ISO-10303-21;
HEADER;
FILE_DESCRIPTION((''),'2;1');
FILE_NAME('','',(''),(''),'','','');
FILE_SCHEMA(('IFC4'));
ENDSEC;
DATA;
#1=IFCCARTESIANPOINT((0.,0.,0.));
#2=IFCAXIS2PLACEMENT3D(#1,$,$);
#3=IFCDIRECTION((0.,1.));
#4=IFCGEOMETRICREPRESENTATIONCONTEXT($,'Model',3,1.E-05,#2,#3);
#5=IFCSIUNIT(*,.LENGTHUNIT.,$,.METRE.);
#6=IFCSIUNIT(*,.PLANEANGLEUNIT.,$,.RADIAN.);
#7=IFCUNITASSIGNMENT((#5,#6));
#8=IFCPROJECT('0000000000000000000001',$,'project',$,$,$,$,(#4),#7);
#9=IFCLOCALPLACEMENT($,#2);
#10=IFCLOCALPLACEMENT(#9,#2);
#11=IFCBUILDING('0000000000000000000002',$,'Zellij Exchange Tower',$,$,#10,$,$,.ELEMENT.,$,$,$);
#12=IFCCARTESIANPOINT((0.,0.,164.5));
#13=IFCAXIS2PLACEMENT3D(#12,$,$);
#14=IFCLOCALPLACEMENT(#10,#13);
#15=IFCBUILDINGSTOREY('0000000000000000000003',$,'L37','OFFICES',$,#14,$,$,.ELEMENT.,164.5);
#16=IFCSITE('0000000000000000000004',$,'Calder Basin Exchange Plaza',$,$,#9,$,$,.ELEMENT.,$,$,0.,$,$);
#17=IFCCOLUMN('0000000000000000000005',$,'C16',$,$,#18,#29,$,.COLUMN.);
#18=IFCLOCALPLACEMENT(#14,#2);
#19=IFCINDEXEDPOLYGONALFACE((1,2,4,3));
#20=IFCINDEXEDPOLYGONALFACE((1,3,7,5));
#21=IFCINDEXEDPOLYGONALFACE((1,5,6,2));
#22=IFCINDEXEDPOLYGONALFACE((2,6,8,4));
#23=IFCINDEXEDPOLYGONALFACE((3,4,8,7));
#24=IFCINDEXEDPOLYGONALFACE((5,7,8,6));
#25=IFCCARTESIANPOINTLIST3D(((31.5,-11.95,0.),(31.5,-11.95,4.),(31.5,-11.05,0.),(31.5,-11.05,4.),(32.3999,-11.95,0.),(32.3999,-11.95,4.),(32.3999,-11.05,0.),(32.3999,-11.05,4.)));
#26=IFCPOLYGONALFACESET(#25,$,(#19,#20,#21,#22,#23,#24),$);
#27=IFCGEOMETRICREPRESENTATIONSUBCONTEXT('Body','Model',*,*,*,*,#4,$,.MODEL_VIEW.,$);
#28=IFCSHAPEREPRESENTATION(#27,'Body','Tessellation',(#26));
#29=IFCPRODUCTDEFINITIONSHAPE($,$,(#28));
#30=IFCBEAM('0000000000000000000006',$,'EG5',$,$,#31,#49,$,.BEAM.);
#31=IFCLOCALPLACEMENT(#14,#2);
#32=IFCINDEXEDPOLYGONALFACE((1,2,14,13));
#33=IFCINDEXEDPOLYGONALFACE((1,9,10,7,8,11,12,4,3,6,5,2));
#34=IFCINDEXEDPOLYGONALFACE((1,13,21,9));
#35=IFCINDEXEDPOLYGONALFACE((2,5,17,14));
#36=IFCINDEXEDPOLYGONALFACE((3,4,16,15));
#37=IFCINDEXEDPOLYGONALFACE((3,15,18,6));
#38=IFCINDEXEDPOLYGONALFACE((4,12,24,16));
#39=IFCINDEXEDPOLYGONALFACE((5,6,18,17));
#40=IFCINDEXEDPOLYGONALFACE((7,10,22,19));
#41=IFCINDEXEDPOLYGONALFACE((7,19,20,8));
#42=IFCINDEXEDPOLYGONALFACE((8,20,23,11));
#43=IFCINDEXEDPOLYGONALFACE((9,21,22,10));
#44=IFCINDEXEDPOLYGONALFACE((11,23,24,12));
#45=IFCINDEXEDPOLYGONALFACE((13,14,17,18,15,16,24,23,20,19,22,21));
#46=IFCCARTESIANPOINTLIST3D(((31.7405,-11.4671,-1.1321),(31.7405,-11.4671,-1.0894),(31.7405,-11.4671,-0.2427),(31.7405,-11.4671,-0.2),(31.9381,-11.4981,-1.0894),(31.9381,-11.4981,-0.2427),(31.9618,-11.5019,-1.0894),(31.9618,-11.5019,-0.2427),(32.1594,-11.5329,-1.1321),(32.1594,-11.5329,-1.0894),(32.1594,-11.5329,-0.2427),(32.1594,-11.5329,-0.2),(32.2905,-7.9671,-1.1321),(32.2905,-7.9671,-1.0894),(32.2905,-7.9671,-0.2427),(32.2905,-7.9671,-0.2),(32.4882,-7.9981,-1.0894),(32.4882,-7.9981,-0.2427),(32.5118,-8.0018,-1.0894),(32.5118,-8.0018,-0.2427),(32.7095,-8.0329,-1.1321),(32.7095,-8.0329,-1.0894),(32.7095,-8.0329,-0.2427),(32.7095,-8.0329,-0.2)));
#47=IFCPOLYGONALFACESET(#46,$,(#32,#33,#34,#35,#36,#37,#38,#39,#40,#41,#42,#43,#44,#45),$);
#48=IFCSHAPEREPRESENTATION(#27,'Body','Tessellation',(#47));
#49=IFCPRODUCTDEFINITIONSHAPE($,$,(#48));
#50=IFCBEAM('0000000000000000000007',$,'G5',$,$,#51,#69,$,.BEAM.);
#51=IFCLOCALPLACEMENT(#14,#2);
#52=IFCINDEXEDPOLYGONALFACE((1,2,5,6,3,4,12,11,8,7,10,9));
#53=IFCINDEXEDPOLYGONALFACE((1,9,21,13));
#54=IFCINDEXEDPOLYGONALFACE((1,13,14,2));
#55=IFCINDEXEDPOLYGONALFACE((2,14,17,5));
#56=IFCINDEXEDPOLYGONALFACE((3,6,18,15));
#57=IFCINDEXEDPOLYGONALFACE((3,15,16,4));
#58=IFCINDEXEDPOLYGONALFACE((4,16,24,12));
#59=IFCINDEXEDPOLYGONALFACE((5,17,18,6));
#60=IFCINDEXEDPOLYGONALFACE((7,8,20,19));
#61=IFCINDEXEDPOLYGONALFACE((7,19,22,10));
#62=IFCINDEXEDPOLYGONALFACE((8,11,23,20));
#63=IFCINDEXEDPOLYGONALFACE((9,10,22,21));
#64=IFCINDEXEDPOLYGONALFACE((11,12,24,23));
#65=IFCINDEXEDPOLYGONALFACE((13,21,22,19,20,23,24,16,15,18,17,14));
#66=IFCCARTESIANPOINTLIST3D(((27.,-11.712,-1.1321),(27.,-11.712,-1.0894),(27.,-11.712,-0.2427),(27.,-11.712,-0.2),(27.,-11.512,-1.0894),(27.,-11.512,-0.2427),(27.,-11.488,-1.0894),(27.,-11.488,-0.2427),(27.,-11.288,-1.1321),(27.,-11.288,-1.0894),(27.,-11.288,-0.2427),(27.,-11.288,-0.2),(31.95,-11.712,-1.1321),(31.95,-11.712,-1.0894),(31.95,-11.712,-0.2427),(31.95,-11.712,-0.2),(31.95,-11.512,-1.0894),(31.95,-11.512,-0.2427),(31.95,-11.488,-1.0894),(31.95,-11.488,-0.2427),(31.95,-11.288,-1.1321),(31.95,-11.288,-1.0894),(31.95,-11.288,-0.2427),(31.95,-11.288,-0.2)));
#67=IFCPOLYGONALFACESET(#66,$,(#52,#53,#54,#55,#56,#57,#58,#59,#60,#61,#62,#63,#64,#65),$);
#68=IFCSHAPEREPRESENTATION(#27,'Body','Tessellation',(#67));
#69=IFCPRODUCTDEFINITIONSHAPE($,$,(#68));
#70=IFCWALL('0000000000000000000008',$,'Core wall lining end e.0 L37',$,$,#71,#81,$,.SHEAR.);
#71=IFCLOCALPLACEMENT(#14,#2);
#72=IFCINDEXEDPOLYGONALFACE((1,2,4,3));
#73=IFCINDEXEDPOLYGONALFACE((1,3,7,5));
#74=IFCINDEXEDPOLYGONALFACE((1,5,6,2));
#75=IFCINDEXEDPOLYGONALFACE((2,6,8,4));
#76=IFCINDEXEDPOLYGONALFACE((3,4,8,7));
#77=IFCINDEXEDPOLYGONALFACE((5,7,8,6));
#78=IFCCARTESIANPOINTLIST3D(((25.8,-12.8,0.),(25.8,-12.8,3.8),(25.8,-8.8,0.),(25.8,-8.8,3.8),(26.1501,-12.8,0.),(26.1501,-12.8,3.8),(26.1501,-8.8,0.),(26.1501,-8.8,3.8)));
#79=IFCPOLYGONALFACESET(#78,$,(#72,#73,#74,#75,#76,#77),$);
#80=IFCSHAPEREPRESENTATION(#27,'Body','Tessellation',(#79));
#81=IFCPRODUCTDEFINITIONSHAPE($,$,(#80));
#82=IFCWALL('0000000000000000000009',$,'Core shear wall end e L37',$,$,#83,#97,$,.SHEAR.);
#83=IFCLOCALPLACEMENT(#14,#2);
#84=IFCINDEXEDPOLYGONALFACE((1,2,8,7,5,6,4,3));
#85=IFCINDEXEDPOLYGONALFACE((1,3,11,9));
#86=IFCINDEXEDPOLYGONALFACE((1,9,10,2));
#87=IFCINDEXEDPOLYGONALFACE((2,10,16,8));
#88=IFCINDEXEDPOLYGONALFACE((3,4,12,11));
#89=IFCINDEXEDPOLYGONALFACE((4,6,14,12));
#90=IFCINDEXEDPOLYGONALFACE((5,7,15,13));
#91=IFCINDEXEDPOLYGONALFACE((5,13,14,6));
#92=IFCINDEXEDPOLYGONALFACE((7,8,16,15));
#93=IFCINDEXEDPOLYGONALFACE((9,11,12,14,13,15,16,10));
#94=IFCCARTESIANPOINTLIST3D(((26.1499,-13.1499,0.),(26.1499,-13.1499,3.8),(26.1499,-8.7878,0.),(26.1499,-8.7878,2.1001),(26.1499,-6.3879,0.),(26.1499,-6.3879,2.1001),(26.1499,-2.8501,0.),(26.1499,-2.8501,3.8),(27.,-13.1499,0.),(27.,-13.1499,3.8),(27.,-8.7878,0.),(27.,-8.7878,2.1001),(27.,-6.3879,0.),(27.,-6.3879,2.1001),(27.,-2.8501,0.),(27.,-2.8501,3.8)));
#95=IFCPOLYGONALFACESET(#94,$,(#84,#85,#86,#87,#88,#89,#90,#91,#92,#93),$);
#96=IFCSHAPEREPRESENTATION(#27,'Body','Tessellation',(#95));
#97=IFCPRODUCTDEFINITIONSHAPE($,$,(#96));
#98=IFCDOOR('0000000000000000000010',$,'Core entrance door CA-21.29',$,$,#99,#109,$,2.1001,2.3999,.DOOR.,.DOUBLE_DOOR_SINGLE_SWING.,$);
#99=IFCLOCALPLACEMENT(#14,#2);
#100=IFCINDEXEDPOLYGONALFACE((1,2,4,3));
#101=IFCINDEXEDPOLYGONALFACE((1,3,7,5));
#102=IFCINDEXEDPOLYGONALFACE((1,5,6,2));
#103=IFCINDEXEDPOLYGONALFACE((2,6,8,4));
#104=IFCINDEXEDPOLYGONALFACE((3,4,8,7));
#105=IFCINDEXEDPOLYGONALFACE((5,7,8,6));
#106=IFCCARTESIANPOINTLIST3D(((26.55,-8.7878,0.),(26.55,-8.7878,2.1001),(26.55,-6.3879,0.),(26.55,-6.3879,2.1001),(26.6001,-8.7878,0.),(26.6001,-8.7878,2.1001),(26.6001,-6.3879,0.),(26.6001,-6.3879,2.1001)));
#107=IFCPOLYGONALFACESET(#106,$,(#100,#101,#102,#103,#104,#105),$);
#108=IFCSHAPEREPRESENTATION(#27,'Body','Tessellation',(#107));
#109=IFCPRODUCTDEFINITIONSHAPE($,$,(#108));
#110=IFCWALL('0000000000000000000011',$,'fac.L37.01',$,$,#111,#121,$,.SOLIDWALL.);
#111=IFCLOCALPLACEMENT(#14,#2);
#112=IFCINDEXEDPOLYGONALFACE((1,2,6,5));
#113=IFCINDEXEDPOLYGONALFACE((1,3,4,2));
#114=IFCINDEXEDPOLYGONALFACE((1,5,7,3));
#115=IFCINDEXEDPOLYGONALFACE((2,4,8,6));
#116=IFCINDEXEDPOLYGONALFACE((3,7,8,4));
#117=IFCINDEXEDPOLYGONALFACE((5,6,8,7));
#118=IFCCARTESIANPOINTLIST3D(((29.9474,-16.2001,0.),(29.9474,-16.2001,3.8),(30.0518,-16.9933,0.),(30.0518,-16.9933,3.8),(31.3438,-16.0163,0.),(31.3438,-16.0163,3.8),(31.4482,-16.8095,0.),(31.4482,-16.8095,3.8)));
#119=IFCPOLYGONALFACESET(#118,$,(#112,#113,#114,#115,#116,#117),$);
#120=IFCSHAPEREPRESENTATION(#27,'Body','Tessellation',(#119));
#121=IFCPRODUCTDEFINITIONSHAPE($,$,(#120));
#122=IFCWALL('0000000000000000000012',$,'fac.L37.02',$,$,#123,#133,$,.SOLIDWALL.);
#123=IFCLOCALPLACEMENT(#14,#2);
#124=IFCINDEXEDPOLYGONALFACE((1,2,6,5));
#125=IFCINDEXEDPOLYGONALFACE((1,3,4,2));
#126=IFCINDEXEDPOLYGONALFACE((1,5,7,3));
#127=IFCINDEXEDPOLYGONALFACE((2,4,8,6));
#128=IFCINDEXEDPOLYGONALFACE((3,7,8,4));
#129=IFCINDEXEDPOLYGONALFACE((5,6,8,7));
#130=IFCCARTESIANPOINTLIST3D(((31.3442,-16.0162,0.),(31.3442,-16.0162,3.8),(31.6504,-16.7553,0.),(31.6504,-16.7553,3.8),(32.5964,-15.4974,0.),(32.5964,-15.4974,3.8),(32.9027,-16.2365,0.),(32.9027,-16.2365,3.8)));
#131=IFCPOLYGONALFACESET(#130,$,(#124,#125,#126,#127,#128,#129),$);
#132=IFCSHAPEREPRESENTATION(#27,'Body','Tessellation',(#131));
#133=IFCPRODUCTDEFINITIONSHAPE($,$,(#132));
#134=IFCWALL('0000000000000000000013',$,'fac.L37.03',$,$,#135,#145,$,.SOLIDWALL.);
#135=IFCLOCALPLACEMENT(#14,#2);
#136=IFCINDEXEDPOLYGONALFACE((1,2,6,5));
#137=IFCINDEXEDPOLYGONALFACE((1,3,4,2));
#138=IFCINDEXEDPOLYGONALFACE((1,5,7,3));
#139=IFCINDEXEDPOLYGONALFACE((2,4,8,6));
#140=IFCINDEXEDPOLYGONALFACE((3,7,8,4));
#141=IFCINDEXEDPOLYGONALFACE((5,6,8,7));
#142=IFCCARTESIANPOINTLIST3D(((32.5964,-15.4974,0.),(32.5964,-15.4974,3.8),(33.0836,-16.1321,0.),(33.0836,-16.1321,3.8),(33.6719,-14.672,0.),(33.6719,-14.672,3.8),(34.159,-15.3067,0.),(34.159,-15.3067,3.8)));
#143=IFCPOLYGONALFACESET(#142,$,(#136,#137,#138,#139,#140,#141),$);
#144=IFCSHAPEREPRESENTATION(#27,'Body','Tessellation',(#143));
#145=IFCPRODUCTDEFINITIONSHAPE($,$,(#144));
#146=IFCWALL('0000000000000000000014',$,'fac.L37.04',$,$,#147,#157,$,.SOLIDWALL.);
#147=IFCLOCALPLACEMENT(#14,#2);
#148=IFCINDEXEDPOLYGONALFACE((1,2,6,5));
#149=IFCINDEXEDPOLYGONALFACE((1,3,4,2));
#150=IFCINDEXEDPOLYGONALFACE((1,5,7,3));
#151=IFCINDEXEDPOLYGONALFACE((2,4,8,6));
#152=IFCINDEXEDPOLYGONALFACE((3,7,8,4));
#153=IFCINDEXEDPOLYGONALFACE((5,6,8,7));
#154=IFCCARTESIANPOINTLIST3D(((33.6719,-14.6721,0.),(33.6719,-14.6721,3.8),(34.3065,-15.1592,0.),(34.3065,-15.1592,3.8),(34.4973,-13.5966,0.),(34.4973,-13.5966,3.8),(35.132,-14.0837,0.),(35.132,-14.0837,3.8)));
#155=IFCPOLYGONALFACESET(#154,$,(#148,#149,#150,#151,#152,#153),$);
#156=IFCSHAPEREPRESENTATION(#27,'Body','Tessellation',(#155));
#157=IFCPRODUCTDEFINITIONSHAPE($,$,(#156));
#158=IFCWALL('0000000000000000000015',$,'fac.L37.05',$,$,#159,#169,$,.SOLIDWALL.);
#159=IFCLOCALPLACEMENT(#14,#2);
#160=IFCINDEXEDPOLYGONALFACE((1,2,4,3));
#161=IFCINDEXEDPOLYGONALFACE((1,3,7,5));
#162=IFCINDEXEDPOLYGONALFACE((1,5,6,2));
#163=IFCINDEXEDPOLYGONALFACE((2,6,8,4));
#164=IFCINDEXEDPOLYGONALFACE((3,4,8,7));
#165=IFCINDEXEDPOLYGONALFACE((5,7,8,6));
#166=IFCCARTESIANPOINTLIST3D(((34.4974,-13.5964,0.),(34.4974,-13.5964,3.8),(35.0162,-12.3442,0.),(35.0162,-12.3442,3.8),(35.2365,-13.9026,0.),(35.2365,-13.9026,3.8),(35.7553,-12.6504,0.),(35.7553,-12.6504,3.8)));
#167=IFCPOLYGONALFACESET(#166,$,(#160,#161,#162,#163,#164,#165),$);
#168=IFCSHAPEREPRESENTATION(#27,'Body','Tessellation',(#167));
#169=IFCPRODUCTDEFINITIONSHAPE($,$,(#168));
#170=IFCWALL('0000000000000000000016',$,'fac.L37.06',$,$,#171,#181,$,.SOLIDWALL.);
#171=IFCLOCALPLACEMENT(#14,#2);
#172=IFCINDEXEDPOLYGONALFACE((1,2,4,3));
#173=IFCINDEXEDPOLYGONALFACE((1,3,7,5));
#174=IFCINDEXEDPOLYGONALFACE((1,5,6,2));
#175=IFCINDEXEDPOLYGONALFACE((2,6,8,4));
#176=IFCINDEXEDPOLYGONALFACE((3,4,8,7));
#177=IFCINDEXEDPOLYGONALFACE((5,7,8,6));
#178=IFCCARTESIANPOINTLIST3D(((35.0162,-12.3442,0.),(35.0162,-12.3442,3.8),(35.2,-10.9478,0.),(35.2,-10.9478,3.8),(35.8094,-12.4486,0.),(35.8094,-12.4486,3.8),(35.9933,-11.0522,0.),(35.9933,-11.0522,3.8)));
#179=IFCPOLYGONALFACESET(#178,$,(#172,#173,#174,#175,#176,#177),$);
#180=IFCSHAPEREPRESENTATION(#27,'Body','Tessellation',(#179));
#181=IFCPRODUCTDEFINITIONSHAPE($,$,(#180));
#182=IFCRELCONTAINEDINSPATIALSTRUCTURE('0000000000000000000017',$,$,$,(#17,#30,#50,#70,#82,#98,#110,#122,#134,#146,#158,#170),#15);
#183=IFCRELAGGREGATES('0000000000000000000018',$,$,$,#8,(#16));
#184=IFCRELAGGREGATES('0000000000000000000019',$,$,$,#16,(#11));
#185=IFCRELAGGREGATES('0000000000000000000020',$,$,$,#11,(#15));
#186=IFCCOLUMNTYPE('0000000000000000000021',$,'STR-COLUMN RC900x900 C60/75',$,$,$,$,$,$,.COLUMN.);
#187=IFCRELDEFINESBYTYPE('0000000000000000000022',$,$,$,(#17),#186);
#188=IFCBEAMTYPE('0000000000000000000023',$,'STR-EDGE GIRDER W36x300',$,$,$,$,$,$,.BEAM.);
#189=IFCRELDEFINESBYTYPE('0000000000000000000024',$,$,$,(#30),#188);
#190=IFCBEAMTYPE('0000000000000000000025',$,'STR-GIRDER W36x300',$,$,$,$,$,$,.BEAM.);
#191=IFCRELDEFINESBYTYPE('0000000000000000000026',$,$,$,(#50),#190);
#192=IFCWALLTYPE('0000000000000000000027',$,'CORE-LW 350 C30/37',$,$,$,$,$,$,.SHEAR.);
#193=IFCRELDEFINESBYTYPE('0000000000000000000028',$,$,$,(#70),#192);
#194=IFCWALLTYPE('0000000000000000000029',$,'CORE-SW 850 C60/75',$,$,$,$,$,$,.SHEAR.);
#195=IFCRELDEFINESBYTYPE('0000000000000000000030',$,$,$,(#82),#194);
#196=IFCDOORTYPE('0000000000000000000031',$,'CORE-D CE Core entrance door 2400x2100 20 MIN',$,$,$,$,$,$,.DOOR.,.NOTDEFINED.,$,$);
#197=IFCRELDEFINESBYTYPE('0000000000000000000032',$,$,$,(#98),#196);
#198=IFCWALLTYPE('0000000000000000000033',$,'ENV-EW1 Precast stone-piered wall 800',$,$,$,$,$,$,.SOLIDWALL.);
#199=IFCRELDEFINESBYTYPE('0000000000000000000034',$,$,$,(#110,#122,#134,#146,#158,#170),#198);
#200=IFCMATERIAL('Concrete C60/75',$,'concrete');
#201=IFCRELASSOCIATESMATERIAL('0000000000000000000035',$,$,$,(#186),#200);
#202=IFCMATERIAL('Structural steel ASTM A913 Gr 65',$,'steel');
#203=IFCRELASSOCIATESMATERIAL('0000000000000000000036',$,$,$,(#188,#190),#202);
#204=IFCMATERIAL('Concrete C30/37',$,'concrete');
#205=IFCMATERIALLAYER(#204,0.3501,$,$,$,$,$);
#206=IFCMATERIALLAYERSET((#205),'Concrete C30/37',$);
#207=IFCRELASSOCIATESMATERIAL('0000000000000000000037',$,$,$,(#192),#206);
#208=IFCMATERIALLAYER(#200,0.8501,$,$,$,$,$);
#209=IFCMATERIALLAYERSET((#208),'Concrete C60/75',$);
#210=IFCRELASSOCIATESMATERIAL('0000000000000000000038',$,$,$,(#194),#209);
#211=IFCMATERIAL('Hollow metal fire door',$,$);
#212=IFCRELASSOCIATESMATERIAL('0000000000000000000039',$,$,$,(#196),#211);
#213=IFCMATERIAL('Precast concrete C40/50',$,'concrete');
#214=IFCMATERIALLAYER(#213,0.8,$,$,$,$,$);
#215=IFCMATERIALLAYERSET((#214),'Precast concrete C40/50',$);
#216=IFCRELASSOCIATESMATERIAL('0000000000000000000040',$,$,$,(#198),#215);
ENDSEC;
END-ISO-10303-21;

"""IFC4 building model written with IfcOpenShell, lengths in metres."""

from ifc_helpers import new_model, si_unit, direction, frame, frame_2d, origin, origin_2d, place, context, subcontext, project, spatial, rectangle, i_section, extrude, material, layer, layer_set, material_profile, profile_set, type_object, element, fill, save


model = new_model("IFC4")

# Units and contexts
model_context = context("Model", 3, precision=1e-05, world=origin(), true_north=direction((0.0, 1.0)))
body_context = subcontext(model_context, "Body", "Model", "MODEL_VIEW")
ifc_project = project(units=[si_unit("LENGTHUNIT", "METRE"), si_unit("PLANEANGLEUNIT", "RADIAN")], contexts=[model_context])

# Site, building, storey
site_placement = place(None, origin())
site = spatial("IfcSite", under=ifc_project, at=site_placement, Name="Calder Basin Exchange Plaza", CompositionType="ELEMENT", RefElevation=0.0)
building_placement = place(site_placement, origin())
building = spatial("IfcBuilding", under=site, at=building_placement, Name="Zellij Exchange Tower", CompositionType="ELEMENT")
storey_placement = place(building_placement, frame((0.0, 0.0, 164.5)))
storey = spatial("IfcBuildingStorey", under=building, at=storey_placement, Name="L37", Description="OFFICES", CompositionType="ELEMENT", Elevation=164.5)

# Column
ifc_material_1 = material(Name="Concrete C60/75", Category="concrete")
ifc_material_profile_1 = material_profile(ifc_material_1, rectangle(XDim=0.8999, YDim=0.8999, at=origin_2d()), Name="STR-COLUMN RC900x900 C60/75")
ifc_profile_set_1 = profile_set([ifc_material_profile_1], Name="Concrete C60/75")
column_type = type_object("IfcColumnType", Name="STR-COLUMN RC900x900 C60/75", PredefinedType="COLUMN", material=ifc_profile_set_1)
column_placement = place(storey_placement, frame((31.95, -11.5, 0.0), z_axis=(0.0, 0.0, 1.0), x_axis=(1.0, 0.0, 0.0)))
element("IfcColumn", 1, at=column_placement, inside=storey, type_object=column_type, Name="C16", PredefinedType="COLUMN", context=body_context, shape_type="SweptSolid", body=[
    extrude(rectangle(XDim=0.8999, YDim=0.8999, at=origin_2d()), origin(), (0.0, 0.0, 1.0), 4.0),
])

# Beams
ifc_material_2 = material(Name="Structural steel ASTM A913 Gr 65", Category="steel")
ifc_material_profile_2 = material_profile(ifc_material_2, i_section(OverallWidth=0.4241, OverallDepth=0.9321, WebThickness=0.0239, FlangeThickness=0.0427, at=origin_2d()), Name="W36x300")
ifc_profile_set_2 = profile_set([ifc_material_profile_2], Name="Structural steel ASTM A913 Gr 65")
beam_type_1 = type_object("IfcBeamType", Name="STR-EDGE GIRDER W36x300", PredefinedType="BEAM", material=ifc_profile_set_2)
beam_1_placement = place(storey_placement, frame((31.95, -11.5, -0.666), z_axis=(0.155251, 0.987875, 0.0), x_axis=(-0.987875, 0.155251, 0.0)))
element("IfcBeam", 2, at=beam_1_placement, inside=storey, type_object=beam_type_1, Name="EG5", PredefinedType="BEAM", context=body_context, shape_type="SweptSolid", body=[
    extrude(i_section(OverallWidth=0.4241, OverallDepth=0.9321, WebThickness=0.0239, FlangeThickness=0.0427, at=origin_2d()), origin(), (0.0, 0.0, 1.0), 3.543),
])
ifc_material_profile_3 = material_profile(ifc_material_2, i_section(OverallWidth=0.4241, OverallDepth=0.9321, WebThickness=0.0239, FlangeThickness=0.0427, at=origin_2d()), Name="W36x300")
ifc_profile_set_3 = profile_set([ifc_material_profile_3], Name="Structural steel ASTM A913 Gr 65")
beam_type_2 = type_object("IfcBeamType", Name="STR-GIRDER W36x300", PredefinedType="BEAM", material=ifc_profile_set_3)
beam_2_placement = place(storey_placement, frame((27.0, -11.5, -0.666), z_axis=(1.0, 0.0, 0.0), x_axis=(0.0, 1.0, 0.0)))
element("IfcBeam", 3, at=beam_2_placement, inside=storey, type_object=beam_type_2, Name="G5", PredefinedType="BEAM", context=body_context, shape_type="SweptSolid", body=[
    extrude(i_section(OverallWidth=0.4241, OverallDepth=0.9321, WebThickness=0.0239, FlangeThickness=0.0427, at=origin_2d()), origin(), (0.0, 0.0, 1.0), 4.95),
])

# Wall
ifc_material_3 = material(Name="Concrete C30/37", Category="concrete")
ifc_layer_1 = layer(ifc_material_3, 0.3501)
ifc_layer_set_1 = layer_set([ifc_layer_1], Name="Concrete C30/37")
wall_type_1 = type_object("IfcWallType", Name="CORE-LW 350 C30/37", PredefinedType="SHEAR", material=ifc_layer_set_1)
wall_1_placement = place(storey_placement, frame((25.9751, -12.8, 0.0), z_axis=(0.0, 0.0, 1.0), x_axis=(0.0, 1.0, 0.0)))
element("IfcWall", 4, at=wall_1_placement, inside=storey, type_object=wall_type_1, Name="Core wall lining end e.0 L37", PredefinedType="SHEAR", context=body_context, shape_type="SweptSolid", body=[
    extrude(rectangle(XDim=4.0, YDim=0.3501, at=frame_2d((2.0, 0.0))), origin(), (0.0, 0.0, 1.0), 3.8),
])

# Wall, opening, door
ifc_layer_2 = layer(ifc_material_1, 0.8501)
ifc_layer_set_2 = layer_set([ifc_layer_2], Name="Concrete C60/75")
wall_type_2 = type_object("IfcWallType", Name="CORE-SW 850 C60/75", PredefinedType="SHEAR", material=ifc_layer_set_2)
wall_2_placement = place(storey_placement, frame((26.575, -13.1499, 0.0), z_axis=(0.0, 0.0, 1.0), x_axis=(0.0, 1.0, 0.0)))
wall_2 = element("IfcWall", 5, at=wall_2_placement, inside=storey, type_object=wall_type_2, Name="Core shear wall end e L37", PredefinedType="SHEAR", context=body_context, shape_type="SweptSolid", body=[
    extrude(rectangle(XDim=10.2998, YDim=0.8501, at=frame_2d((5.1499, 0.0))), origin(), (0.0, 0.0, 1.0), 3.8),
])
opening_1_placement = place(wall_2_placement, frame((4.3621, 0.0, 0.0)))
opening_1 = element("IfcOpeningElement", 6, at=opening_1_placement, cuts=wall_2, PredefinedType="OPENING", context=body_context, shape_type="SweptSolid", body=[
    extrude(rectangle(XDim=2.3999, YDim=2.1001, at=frame_2d((1.2, 1.05))), frame((0.0, 0.437, 0.0), z_axis=(0.0, -1.0, 0.0), x_axis=(1.0, 0.0, 0.0)), (0.0, 0.0, 1.0), 0.874),
])
ifc_material_4 = material(Name="Hollow metal fire door")
door_type_1 = type_object("IfcDoorType", Name="CORE-D CE Core entrance door 2400x2100 20 MIN", OperationType="NOTDEFINED", PredefinedType="DOOR", material=ifc_material_4)
door_1_placement = place(opening_1_placement, origin())
door_1 = element("IfcDoor", 7, at=door_1_placement, inside=storey, type_object=door_type_1, Name="Core entrance door CA-21.29", OperationType="DOUBLE_DOOR_SINGLE_SWING", OverallHeight=2.1001, OverallWidth=2.3999, PredefinedType="DOOR", context=body_context, shape_type="SweptSolid", body=[
    extrude(rectangle(XDim=2.3999, YDim=2.1001, at=frame_2d((1.2, 1.05))), frame((0.0, 0.0249, 0.0), z_axis=(0.0, -1.0, 0.0), x_axis=(1.0, 0.0, 0.0)), (0.0, 0.0, 1.0), 0.05),
])
fill(opening_1, door_1)

# Walls
ifc_material_5 = material(Name="Precast concrete C40/50", Category="concrete")
ifc_layer_3 = layer(ifc_material_5, 0.8)
ifc_layer_set_3 = layer_set([ifc_layer_3], Name="Precast concrete C40/50")
wall_type_3 = type_object("IfcWallType", Name="ENV-EW1 Precast stone-piered wall 800", PredefinedType="SOLIDWALL", material=ifc_layer_set_3)
wall_3_placement = place(storey_placement, frame((29.9998, -16.5967, 0.0), z_axis=(0.0, 0.0, 1.0), x_axis=(0.991446, 0.130517, 0.0)))
element("IfcWall", 8, at=wall_3_placement, inside=storey, type_object=wall_type_3, Name="fac.L37.01", PredefinedType="SOLIDWALL", context=body_context, shape_type="SweptSolid", body=[
    extrude(rectangle(XDim=1.4084, YDim=0.8, at=frame_2d((0.7041, 0.0))), origin(), (0.0, 0.0, 1.0), 3.8),
])
wall_4_placement = place(storey_placement, frame((31.4973, -16.3857, 0.0), z_axis=(0.0, 0.0, 1.0), x_axis=(0.923848, 0.38276, 0.0)))
element("IfcWall", 9, at=wall_4_placement, inside=storey, type_object=wall_type_3, Name="fac.L37.02", PredefinedType="SOLIDWALL", context=body_context, shape_type="SweptSolid", body=[
    extrude(rectangle(XDim=1.3555, YDim=0.8, at=frame_2d((0.6777, 0.0))), origin(), (0.0, 0.0, 1.0), 3.8),
])
for number, where, z_axis, x_axis, name in (
    (10, (32.8401, -15.8147, 0.0), (0.0, 0.0, 1.0), (0.793273, 0.608866, 0.0), "fac.L37.03"),
    (11, (33.9893, -14.9155, 0.0), (0.0, 0.0, 1.0), (0.608866, 0.793273, 0.0), "fac.L37.04"),
):
    element("IfcWall", number, at=place(storey_placement, frame(where, z_axis=z_axis, x_axis=x_axis)), inside=storey, type_object=wall_type_3, Name=name, PredefinedType="SOLIDWALL", context=body_context, shape_type="SweptSolid", body=[
        extrude(rectangle(XDim=1.3557, YDim=0.8, at=frame_2d((0.6777, 0.0))), origin(), (0.0, 0.0, 1.0), 3.8),
    ])
wall_5_placement = place(storey_placement, frame((34.8669, -13.7495, 0.0), z_axis=(0.0, 0.0, 1.0), x_axis=(0.38276, 0.923848, 0.0)))
element("IfcWall", 12, at=wall_5_placement, inside=storey, type_object=wall_type_3, Name="fac.L37.05", PredefinedType="SOLIDWALL", context=body_context, shape_type="SweptSolid", body=[
    extrude(rectangle(XDim=1.3555, YDim=0.8, at=frame_2d((0.6777, 0.0))), origin(), (0.0, 0.0, 1.0), 3.8),
])
wall_6_placement = place(storey_placement, frame((35.4128, -12.3962, 0.0), z_axis=(0.0, 0.0, 1.0), x_axis=(0.130517, 0.991446, 0.0)))
element("IfcWall", 13, at=wall_6_placement, inside=storey, type_object=wall_type_3, Name="fac.L37.06", PredefinedType="SOLIDWALL", context=body_context, shape_type="SweptSolid", body=[
    extrude(rectangle(XDim=1.4084, YDim=0.8, at=frame_2d((0.7041, 0.0))), origin(), (0.0, 0.0, 1.0), 3.8),
])

save(model, "model.ifc")
